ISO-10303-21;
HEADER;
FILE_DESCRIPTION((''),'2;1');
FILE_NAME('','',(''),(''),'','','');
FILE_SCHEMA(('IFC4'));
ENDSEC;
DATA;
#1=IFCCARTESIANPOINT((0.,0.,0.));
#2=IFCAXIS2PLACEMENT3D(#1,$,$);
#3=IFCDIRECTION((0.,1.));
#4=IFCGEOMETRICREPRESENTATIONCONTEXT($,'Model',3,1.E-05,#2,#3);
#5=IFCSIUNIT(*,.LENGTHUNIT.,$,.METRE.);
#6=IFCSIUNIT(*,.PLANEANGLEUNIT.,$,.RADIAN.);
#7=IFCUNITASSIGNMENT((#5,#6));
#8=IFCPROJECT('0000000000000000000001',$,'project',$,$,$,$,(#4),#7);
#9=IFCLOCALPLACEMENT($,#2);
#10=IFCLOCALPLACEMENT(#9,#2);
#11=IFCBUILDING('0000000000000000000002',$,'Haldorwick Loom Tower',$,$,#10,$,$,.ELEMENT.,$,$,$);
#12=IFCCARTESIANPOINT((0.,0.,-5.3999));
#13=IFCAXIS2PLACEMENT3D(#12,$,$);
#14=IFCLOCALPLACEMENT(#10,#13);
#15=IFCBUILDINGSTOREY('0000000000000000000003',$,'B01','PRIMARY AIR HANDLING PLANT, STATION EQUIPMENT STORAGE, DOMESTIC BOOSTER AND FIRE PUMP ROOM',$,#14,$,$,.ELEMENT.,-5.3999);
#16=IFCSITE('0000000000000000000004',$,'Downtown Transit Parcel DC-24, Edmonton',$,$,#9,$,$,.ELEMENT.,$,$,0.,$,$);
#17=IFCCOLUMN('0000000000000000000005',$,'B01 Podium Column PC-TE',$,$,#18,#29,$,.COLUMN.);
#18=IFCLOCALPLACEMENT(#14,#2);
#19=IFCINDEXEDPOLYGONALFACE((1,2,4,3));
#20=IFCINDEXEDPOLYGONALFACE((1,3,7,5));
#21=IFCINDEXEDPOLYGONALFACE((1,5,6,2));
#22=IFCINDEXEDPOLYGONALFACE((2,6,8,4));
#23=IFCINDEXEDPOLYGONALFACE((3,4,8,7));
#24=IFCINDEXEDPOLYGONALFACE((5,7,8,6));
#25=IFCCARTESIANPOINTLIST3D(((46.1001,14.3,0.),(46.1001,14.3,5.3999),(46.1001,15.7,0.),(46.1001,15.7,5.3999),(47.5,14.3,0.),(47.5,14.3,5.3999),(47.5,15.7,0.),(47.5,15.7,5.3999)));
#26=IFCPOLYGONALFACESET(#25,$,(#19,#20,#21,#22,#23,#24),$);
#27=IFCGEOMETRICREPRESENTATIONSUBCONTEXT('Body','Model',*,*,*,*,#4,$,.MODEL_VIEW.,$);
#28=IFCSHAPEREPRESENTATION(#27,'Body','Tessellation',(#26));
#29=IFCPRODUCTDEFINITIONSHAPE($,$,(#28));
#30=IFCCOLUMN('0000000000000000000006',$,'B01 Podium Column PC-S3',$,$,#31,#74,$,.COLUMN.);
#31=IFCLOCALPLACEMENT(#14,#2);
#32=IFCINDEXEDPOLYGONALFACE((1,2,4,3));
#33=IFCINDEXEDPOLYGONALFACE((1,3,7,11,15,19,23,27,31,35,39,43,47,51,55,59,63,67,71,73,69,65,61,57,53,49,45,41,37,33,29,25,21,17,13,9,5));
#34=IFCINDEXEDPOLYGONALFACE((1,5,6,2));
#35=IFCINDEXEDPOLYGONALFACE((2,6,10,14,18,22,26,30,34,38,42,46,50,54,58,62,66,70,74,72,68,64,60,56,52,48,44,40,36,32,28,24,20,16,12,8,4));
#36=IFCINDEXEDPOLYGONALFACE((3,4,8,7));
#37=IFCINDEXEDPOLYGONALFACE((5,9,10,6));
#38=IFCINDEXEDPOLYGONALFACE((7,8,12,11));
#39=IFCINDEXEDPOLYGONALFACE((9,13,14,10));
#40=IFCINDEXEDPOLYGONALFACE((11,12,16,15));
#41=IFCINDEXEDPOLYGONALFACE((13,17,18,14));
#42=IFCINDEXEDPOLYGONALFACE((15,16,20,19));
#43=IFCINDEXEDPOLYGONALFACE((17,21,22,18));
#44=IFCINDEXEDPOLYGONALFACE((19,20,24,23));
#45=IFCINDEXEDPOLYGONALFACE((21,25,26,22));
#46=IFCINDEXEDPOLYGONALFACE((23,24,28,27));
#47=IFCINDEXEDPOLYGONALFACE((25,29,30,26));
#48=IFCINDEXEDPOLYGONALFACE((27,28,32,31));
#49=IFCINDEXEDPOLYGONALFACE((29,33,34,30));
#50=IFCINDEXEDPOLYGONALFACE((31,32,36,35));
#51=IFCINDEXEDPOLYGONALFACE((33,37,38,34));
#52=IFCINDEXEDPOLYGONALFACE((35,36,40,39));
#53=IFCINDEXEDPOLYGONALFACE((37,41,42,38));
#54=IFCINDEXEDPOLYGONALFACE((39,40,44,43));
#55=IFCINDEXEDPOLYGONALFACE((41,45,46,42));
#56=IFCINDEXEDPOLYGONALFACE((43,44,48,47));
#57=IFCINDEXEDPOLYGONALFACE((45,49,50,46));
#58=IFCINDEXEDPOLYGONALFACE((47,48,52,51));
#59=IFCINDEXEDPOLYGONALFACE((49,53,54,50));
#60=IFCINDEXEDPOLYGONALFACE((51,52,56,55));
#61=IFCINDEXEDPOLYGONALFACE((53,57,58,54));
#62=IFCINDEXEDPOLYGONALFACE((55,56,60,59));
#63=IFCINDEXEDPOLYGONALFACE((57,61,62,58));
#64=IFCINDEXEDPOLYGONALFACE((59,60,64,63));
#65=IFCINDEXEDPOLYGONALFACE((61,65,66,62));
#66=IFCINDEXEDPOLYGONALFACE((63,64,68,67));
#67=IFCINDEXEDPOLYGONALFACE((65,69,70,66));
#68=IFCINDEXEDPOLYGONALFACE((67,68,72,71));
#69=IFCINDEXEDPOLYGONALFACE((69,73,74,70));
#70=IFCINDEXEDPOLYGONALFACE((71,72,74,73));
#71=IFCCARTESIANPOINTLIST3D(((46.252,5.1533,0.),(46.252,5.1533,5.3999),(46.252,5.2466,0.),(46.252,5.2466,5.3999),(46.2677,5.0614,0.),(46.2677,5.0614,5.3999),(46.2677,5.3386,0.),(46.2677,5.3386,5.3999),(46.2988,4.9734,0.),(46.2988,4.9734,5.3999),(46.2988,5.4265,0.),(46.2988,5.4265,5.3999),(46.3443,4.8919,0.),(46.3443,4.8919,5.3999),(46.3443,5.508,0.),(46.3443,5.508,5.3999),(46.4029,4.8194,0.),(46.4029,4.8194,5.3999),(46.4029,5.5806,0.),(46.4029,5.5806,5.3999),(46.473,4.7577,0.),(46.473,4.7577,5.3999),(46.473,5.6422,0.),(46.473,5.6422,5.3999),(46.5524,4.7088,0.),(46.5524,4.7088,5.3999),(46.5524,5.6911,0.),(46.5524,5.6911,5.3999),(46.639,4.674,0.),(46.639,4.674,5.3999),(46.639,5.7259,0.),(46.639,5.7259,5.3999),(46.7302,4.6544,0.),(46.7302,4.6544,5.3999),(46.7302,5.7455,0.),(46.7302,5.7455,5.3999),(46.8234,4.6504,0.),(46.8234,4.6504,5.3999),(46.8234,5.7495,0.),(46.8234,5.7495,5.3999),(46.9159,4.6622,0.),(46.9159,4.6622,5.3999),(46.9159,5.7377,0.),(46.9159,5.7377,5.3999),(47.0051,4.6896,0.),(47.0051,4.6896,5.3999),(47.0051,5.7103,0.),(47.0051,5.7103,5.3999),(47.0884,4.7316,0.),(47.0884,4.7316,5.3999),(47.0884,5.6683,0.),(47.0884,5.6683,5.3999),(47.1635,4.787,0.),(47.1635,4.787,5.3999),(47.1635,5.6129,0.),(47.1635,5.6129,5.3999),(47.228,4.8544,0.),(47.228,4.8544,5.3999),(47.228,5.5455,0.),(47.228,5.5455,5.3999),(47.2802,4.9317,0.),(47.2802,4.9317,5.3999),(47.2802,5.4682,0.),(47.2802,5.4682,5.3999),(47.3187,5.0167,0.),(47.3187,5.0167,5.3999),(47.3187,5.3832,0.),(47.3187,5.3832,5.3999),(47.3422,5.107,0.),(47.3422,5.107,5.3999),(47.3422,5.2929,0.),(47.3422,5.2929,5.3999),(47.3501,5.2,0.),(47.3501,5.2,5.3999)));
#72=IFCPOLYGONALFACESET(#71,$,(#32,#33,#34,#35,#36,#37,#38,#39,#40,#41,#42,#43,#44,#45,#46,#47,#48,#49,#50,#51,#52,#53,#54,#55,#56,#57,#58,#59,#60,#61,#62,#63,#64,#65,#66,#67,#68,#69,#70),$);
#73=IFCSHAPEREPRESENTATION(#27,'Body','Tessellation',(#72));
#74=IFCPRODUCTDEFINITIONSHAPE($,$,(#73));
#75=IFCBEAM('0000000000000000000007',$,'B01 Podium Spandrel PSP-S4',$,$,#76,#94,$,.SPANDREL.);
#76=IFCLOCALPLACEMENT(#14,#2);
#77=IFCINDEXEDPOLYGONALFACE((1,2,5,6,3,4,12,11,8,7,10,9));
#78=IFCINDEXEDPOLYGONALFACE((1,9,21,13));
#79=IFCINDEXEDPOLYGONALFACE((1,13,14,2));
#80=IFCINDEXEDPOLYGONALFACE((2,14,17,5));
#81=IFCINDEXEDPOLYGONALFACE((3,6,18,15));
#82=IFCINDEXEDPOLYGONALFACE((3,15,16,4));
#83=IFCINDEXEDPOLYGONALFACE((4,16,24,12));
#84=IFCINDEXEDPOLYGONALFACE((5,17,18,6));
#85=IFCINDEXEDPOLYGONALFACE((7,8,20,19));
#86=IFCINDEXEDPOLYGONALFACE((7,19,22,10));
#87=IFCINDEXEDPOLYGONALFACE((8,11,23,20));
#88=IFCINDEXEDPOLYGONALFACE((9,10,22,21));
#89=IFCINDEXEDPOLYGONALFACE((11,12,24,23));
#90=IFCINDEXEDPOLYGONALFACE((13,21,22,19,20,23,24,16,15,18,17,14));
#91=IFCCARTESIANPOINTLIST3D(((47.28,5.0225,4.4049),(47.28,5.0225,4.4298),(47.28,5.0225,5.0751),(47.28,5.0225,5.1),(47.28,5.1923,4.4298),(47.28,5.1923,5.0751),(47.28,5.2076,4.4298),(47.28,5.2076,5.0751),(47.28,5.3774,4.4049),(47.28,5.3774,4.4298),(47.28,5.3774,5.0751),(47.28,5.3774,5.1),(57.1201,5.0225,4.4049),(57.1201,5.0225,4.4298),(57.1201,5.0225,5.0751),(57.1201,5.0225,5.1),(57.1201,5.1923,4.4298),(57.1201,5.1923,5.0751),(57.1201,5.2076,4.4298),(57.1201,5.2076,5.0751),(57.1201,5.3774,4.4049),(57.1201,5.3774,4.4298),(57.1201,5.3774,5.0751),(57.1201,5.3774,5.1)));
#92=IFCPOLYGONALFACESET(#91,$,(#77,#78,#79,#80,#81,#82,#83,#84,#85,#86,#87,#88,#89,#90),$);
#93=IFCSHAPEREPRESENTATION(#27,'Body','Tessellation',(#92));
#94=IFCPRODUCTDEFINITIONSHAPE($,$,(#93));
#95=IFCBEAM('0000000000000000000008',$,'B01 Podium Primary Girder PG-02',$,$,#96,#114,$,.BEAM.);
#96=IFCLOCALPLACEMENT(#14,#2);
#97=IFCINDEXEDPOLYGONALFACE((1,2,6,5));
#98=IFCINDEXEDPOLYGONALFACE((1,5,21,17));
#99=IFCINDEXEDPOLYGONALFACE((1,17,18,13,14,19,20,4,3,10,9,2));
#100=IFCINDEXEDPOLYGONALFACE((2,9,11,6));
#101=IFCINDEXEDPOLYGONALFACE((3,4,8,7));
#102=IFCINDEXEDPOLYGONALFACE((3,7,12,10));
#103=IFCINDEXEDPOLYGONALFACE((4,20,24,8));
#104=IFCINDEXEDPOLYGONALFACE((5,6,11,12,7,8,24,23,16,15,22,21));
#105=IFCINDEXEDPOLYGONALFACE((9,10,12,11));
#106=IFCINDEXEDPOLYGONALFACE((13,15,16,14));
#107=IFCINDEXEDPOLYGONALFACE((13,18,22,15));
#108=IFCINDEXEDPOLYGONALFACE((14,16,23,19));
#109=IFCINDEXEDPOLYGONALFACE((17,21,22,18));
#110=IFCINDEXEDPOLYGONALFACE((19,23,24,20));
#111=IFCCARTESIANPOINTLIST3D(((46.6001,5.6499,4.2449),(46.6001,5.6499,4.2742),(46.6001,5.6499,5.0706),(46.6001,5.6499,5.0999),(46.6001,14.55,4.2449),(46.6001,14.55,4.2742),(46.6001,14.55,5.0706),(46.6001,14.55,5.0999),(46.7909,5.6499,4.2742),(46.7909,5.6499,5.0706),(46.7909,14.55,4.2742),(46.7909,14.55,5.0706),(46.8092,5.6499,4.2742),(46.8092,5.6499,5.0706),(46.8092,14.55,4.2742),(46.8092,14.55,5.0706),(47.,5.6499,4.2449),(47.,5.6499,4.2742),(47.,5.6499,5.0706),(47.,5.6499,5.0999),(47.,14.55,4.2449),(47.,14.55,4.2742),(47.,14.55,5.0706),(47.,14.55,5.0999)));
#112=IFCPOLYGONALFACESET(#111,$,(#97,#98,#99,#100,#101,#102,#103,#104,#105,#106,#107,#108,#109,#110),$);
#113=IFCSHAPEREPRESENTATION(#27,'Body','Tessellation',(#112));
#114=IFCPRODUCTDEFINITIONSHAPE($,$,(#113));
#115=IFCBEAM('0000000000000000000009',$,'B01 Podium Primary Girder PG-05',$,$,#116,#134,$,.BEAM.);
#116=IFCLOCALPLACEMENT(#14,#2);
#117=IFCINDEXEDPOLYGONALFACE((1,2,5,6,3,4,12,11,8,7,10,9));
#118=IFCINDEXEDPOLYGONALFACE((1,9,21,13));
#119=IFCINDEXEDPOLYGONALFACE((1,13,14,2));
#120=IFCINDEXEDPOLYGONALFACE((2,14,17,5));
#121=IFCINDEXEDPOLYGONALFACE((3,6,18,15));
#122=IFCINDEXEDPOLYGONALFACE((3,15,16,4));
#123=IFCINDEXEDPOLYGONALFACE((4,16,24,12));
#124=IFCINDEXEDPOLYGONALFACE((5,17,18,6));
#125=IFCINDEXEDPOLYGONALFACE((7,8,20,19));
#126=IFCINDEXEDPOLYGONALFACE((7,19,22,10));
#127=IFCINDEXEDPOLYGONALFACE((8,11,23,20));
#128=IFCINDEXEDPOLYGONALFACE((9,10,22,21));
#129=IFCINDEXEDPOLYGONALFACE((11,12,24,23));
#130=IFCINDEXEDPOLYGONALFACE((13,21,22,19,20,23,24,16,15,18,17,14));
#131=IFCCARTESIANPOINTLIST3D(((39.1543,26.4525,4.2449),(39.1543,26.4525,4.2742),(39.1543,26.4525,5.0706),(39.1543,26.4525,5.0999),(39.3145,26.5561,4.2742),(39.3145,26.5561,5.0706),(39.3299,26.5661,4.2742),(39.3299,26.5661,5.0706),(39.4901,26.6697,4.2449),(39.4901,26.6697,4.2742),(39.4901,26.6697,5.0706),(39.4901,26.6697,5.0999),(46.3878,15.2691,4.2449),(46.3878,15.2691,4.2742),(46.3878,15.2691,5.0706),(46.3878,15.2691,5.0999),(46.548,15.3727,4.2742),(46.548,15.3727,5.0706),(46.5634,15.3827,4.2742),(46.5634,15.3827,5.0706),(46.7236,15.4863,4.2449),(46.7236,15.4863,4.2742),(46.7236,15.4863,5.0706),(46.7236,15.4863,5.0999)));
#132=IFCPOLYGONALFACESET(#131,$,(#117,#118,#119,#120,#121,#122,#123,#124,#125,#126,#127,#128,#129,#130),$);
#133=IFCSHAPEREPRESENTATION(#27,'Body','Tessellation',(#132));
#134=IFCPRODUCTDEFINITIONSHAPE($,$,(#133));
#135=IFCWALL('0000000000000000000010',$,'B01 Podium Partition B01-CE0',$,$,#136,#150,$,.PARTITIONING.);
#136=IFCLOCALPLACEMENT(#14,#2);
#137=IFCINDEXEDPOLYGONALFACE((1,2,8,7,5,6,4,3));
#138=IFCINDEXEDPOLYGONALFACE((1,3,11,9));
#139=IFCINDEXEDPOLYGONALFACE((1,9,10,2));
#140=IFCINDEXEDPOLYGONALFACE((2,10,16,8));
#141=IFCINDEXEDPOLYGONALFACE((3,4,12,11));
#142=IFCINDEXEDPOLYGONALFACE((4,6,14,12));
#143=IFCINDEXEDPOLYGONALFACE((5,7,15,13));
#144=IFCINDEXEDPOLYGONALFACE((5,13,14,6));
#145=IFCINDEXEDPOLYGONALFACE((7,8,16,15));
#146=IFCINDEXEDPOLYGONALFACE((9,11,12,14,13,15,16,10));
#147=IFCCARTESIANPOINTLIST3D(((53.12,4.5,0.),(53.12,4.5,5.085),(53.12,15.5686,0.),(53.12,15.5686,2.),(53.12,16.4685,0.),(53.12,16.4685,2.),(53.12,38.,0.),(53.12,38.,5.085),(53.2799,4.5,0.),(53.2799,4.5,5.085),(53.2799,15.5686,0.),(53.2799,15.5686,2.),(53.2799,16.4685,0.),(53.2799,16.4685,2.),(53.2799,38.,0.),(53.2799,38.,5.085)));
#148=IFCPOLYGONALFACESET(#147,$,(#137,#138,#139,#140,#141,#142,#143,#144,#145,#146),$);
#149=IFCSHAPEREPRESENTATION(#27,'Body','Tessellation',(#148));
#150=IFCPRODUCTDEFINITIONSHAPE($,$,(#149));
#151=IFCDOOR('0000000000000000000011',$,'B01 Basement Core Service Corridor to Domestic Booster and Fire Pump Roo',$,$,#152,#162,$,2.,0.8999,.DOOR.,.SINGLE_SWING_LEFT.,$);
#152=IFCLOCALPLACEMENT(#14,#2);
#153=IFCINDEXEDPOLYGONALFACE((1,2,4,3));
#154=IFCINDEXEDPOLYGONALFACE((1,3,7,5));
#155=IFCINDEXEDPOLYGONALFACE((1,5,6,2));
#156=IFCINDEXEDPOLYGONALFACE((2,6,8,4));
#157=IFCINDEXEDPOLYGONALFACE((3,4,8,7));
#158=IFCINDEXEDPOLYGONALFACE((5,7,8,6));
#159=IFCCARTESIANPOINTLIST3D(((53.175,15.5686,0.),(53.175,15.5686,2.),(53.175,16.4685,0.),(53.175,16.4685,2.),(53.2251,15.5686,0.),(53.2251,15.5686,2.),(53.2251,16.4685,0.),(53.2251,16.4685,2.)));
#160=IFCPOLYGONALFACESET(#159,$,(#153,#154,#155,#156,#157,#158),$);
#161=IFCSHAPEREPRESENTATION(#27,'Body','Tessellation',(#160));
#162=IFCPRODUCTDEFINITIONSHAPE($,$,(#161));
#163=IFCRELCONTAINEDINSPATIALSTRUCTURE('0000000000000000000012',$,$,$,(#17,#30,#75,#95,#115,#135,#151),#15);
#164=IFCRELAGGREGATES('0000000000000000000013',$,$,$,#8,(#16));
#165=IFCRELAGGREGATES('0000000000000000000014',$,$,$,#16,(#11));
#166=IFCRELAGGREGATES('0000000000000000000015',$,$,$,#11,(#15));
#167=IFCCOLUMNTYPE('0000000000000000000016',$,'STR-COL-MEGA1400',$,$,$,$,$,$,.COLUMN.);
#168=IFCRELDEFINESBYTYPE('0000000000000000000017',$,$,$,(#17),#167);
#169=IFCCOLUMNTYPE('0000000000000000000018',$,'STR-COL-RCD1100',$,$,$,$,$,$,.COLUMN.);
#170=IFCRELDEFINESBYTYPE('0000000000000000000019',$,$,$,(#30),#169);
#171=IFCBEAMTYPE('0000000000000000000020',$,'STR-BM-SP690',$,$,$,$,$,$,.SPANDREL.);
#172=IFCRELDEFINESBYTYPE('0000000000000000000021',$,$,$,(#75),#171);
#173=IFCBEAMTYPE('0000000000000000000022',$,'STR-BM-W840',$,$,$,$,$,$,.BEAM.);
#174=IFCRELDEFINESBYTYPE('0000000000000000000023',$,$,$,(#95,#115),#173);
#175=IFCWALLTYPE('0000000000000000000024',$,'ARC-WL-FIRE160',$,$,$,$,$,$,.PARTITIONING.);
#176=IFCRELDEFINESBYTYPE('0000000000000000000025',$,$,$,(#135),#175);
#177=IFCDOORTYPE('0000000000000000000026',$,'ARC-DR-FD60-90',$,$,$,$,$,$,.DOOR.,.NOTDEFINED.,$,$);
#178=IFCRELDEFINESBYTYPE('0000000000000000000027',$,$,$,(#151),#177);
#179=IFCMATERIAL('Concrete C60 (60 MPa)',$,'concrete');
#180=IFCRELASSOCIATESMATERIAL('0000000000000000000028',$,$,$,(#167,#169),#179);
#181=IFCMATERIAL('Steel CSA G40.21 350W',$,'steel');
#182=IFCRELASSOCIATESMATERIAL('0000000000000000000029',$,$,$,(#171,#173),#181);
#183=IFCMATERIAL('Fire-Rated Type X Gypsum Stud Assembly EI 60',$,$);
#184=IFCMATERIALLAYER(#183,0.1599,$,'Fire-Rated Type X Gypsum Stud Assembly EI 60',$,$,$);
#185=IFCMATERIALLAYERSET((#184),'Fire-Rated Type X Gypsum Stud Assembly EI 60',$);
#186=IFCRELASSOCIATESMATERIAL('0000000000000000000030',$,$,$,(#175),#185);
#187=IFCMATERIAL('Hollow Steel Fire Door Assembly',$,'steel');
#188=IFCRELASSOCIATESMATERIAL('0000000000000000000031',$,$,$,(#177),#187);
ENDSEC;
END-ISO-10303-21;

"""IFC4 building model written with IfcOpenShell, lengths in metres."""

from ifc_helpers import new_model, si_unit, direction, frame, frame_2d, origin, origin_2d, place, context, subcontext, project, spatial, rectangle, circle, i_section, extrude, material, layer, layer_set, material_profile, profile_set, type_object, element, fill, save


model = new_model("IFC4")

# Units and contexts
model_context = context("Model", 3, precision=1e-05, world=origin(), true_north=direction((0.0, 1.0)))
body_context = subcontext(model_context, "Body", "Model", "MODEL_VIEW")
ifc_project = project(units=[si_unit("LENGTHUNIT", "METRE"), si_unit("PLANEANGLEUNIT", "RADIAN")], contexts=[model_context])

# Site, building, storey
site_placement = place(None, origin())
site = spatial("IfcSite", under=ifc_project, at=site_placement, Name="Downtown Transit Parcel DC-24, Edmonton", CompositionType="ELEMENT", RefElevation=0.0)
building_placement = place(site_placement, origin())
building = spatial("IfcBuilding", under=site, at=building_placement, Name="Haldorwick Loom Tower", CompositionType="ELEMENT")
storey_placement = place(building_placement, frame((0.0, 0.0, -5.3999)))
storey = spatial("IfcBuildingStorey", under=building, at=storey_placement, Name="B01", Description="PRIMARY AIR HANDLING PLANT, STATION EQUIPMENT STORAGE, DOMESTIC BOOSTER AND FIRE PUMP ROOM", CompositionType="ELEMENT", Elevation=-5.3999)

# Columns
ifc_material_1 = material(Name="Concrete C60 (60 MPa)", Category="concrete")
ifc_material_profile_1 = material_profile(ifc_material_1, rectangle(XDim=1.3999, YDim=1.3999, at=origin_2d()), Name="RC1400X1400", Category="concrete")
ifc_profile_set_1 = profile_set([ifc_material_profile_1], Name="Concrete C60 (60 MPa)")
column_type_1 = type_object("IfcColumnType", Name="STR-COL-MEGA1400", PredefinedType="COLUMN", material=ifc_profile_set_1)
column_1_placement = place(storey_placement, frame((46.8, 15.0, 0.0), z_axis=(0.0, 0.0, 1.0), x_axis=(1.0, 0.0, 0.0)))
element("IfcColumn", 1, at=column_1_placement, inside=storey, type_object=column_type_1, Name="B01 Podium Column PC-TE", PredefinedType="COLUMN", context=body_context, shape_type="SweptSolid", body=[
    extrude(rectangle(XDim=1.3999, YDim=1.3999, at=origin_2d()), origin(), (0.0, 0.0, 1.0), 5.3999),
])
ifc_material_profile_2 = material_profile(ifc_material_1, circle(Radius=0.55, at=origin_2d()), Name="RCD1100", Category="concrete")
ifc_profile_set_2 = profile_set([ifc_material_profile_2], Name="Concrete C60 (60 MPa)")
column_type_2 = type_object("IfcColumnType", Name="STR-COL-RCD1100", PredefinedType="COLUMN", material=ifc_profile_set_2)
column_2_placement = place(storey_placement, frame((46.8, 5.2, 0.0), z_axis=(0.0, 0.0, 1.0), x_axis=(1.0, 0.0, 0.0)))
element("IfcColumn", 2, at=column_2_placement, inside=storey, type_object=column_type_2, Name="B01 Podium Column PC-S3", PredefinedType="COLUMN", context=body_context, shape_type="SweptSolid", body=[
    extrude(circle(Radius=0.55, at=origin_2d()), origin(), (0.0, 0.0, 1.0), 5.3999),
])

# Beams
ifc_material_2 = material(Name="Steel CSA G40.21 350W", Category="steel")
ifc_material_profile_3 = material_profile(ifc_material_2, i_section(OverallWidth=0.355, OverallDepth=0.6951, WebThickness=0.0154, FlangeThickness=0.0249, at=origin_2d()), Name="W690X217", Category="steel")
ifc_profile_set_3 = profile_set([ifc_material_profile_3], Name="Steel CSA G40.21 350W")
beam_type_1 = type_object("IfcBeamType", Name="STR-BM-SP690", PredefinedType="SPANDREL", material=ifc_profile_set_3)
beam_1_placement = place(storey_placement, frame((47.28, 5.2, 4.7524), z_axis=(1.0, 0.0, 0.0), x_axis=(0.0, 1.0, 0.0)))
element("IfcBeam", 3, at=beam_1_placement, inside=storey, type_object=beam_type_1, Name="B01 Podium Spandrel PSP-S4", PredefinedType="SPANDREL", context=body_context, shape_type="SweptSolid", body=[
    extrude(i_section(OverallWidth=0.355, OverallDepth=0.6951, WebThickness=0.0154, FlangeThickness=0.0249, at=origin_2d()), origin(), (0.0, 0.0, 1.0), 9.8401),
])
ifc_material_profile_4 = material_profile(ifc_material_2, i_section(OverallWidth=0.3999, OverallDepth=0.855, WebThickness=0.0183, FlangeThickness=0.0293, at=origin_2d()), Name="W840X299", Category="steel")
ifc_profile_set_4 = profile_set([ifc_material_profile_4], Name="Steel CSA G40.21 350W")
beam_type_2 = type_object("IfcBeamType", Name="STR-BM-W840", PredefinedType="BEAM", material=ifc_profile_set_4)
beam_2_placement = place(storey_placement, frame((46.8, 5.6499, 4.6724), z_axis=(0.0, 1.0, 0.0), x_axis=(-1.0, 0.0, 0.0)))
element("IfcBeam", 4, at=beam_2_placement, inside=storey, type_object=beam_type_2, Name="B01 Podium Primary Girder PG-02", PredefinedType="BEAM", context=body_context, shape_type="SweptSolid", body=[
    extrude(i_section(OverallWidth=0.3999, OverallDepth=0.855, WebThickness=0.0183, FlangeThickness=0.0293, at=origin_2d()), origin(), (0.0, 0.0, 1.0), 8.9001),
])
beam_3_placement = place(storey_placement, frame((46.5557, 15.3777, 4.6724), z_axis=(-0.543098, 0.839669, 0.0), x_axis=(-0.839669, -0.543098, 0.0)))
element("IfcBeam", 5, at=beam_3_placement, inside=storey, type_object=beam_type_2, Name="B01 Podium Primary Girder PG-05", PredefinedType="BEAM", context=body_context, shape_type="SweptSolid", body=[
    extrude(i_section(OverallWidth=0.3999, OverallDepth=0.855, WebThickness=0.0183, FlangeThickness=0.0293, at=origin_2d()), origin(), (0.0, 0.0, 1.0), 13.3188),
])

# Wall, opening, door
ifc_material_3 = material(Name="Fire-Rated Type X Gypsum Stud Assembly EI 60")
ifc_layer_1 = layer(ifc_material_3, 0.1599, Name="Fire-Rated Type X Gypsum Stud Assembly EI 60")
ifc_layer_set_1 = layer_set([ifc_layer_1], Name="Fire-Rated Type X Gypsum Stud Assembly EI 60")
wall_type_1 = type_object("IfcWallType", Name="ARC-WL-FIRE160", PredefinedType="PARTITIONING", material=ifc_layer_set_1)
wall_1_placement = place(storey_placement, frame((53.2, 4.5, 0.0), z_axis=(0.0, 0.0, 1.0), x_axis=(0.0, 1.0, 0.0)))
wall_1 = element("IfcWall", 6, at=wall_1_placement, inside=storey, type_object=wall_type_1, Name="B01 Podium Partition B01-CE0", PredefinedType="PARTITIONING", context=body_context, shape_type="SweptSolid", body=[
    extrude(rectangle(XDim=33.5, YDim=0.1599, at=frame_2d((16.75, 0.0))), origin(), (0.0, 0.0, 1.0), 5.085),
])
opening_1_placement = place(wall_1_placement, frame((11.0686, 0.0, 0.0)))
opening_1 = element("IfcOpeningElement", 7, at=opening_1_placement, cuts=wall_1, PredefinedType="OPENING", context=body_context, shape_type="SweptSolid", body=[
    extrude(rectangle(XDim=0.8999, YDim=2.0, at=frame_2d((0.45, 1.0))), frame((0.0, 0.0898, 0.0), z_axis=(0.0, -1.0, 0.0), x_axis=(1.0, 0.0, 0.0)), (0.0, 0.0, 1.0), 0.1799),
])
ifc_material_4 = material(Name="Hollow Steel Fire Door Assembly", Category="steel")
door_type_1 = type_object("IfcDoorType", Name="ARC-DR-FD60-90", OperationType="NOTDEFINED", PredefinedType="DOOR", material=ifc_material_4)
door_1_placement = place(opening_1_placement, origin())
door_1 = element("IfcDoor", 8, at=door_1_placement, inside=storey, type_object=door_type_1, Name="B01 Basement Core Service Corridor to Domestic Booster and Fire Pump Roo", OperationType="SINGLE_SWING_LEFT", OverallHeight=2.0, OverallWidth=0.8999, PredefinedType="DOOR", context=body_context, shape_type="SweptSolid", body=[
    extrude(rectangle(XDim=0.8999, YDim=2.0, at=frame_2d((0.45, 1.0))), frame((0.0, 0.0249, 0.0), z_axis=(0.0, -1.0, 0.0), x_axis=(1.0, 0.0, 0.0)), (0.0, 0.0, 1.0), 0.05),
])
fill(opening_1, door_1)

save(model, "model.ifc")
